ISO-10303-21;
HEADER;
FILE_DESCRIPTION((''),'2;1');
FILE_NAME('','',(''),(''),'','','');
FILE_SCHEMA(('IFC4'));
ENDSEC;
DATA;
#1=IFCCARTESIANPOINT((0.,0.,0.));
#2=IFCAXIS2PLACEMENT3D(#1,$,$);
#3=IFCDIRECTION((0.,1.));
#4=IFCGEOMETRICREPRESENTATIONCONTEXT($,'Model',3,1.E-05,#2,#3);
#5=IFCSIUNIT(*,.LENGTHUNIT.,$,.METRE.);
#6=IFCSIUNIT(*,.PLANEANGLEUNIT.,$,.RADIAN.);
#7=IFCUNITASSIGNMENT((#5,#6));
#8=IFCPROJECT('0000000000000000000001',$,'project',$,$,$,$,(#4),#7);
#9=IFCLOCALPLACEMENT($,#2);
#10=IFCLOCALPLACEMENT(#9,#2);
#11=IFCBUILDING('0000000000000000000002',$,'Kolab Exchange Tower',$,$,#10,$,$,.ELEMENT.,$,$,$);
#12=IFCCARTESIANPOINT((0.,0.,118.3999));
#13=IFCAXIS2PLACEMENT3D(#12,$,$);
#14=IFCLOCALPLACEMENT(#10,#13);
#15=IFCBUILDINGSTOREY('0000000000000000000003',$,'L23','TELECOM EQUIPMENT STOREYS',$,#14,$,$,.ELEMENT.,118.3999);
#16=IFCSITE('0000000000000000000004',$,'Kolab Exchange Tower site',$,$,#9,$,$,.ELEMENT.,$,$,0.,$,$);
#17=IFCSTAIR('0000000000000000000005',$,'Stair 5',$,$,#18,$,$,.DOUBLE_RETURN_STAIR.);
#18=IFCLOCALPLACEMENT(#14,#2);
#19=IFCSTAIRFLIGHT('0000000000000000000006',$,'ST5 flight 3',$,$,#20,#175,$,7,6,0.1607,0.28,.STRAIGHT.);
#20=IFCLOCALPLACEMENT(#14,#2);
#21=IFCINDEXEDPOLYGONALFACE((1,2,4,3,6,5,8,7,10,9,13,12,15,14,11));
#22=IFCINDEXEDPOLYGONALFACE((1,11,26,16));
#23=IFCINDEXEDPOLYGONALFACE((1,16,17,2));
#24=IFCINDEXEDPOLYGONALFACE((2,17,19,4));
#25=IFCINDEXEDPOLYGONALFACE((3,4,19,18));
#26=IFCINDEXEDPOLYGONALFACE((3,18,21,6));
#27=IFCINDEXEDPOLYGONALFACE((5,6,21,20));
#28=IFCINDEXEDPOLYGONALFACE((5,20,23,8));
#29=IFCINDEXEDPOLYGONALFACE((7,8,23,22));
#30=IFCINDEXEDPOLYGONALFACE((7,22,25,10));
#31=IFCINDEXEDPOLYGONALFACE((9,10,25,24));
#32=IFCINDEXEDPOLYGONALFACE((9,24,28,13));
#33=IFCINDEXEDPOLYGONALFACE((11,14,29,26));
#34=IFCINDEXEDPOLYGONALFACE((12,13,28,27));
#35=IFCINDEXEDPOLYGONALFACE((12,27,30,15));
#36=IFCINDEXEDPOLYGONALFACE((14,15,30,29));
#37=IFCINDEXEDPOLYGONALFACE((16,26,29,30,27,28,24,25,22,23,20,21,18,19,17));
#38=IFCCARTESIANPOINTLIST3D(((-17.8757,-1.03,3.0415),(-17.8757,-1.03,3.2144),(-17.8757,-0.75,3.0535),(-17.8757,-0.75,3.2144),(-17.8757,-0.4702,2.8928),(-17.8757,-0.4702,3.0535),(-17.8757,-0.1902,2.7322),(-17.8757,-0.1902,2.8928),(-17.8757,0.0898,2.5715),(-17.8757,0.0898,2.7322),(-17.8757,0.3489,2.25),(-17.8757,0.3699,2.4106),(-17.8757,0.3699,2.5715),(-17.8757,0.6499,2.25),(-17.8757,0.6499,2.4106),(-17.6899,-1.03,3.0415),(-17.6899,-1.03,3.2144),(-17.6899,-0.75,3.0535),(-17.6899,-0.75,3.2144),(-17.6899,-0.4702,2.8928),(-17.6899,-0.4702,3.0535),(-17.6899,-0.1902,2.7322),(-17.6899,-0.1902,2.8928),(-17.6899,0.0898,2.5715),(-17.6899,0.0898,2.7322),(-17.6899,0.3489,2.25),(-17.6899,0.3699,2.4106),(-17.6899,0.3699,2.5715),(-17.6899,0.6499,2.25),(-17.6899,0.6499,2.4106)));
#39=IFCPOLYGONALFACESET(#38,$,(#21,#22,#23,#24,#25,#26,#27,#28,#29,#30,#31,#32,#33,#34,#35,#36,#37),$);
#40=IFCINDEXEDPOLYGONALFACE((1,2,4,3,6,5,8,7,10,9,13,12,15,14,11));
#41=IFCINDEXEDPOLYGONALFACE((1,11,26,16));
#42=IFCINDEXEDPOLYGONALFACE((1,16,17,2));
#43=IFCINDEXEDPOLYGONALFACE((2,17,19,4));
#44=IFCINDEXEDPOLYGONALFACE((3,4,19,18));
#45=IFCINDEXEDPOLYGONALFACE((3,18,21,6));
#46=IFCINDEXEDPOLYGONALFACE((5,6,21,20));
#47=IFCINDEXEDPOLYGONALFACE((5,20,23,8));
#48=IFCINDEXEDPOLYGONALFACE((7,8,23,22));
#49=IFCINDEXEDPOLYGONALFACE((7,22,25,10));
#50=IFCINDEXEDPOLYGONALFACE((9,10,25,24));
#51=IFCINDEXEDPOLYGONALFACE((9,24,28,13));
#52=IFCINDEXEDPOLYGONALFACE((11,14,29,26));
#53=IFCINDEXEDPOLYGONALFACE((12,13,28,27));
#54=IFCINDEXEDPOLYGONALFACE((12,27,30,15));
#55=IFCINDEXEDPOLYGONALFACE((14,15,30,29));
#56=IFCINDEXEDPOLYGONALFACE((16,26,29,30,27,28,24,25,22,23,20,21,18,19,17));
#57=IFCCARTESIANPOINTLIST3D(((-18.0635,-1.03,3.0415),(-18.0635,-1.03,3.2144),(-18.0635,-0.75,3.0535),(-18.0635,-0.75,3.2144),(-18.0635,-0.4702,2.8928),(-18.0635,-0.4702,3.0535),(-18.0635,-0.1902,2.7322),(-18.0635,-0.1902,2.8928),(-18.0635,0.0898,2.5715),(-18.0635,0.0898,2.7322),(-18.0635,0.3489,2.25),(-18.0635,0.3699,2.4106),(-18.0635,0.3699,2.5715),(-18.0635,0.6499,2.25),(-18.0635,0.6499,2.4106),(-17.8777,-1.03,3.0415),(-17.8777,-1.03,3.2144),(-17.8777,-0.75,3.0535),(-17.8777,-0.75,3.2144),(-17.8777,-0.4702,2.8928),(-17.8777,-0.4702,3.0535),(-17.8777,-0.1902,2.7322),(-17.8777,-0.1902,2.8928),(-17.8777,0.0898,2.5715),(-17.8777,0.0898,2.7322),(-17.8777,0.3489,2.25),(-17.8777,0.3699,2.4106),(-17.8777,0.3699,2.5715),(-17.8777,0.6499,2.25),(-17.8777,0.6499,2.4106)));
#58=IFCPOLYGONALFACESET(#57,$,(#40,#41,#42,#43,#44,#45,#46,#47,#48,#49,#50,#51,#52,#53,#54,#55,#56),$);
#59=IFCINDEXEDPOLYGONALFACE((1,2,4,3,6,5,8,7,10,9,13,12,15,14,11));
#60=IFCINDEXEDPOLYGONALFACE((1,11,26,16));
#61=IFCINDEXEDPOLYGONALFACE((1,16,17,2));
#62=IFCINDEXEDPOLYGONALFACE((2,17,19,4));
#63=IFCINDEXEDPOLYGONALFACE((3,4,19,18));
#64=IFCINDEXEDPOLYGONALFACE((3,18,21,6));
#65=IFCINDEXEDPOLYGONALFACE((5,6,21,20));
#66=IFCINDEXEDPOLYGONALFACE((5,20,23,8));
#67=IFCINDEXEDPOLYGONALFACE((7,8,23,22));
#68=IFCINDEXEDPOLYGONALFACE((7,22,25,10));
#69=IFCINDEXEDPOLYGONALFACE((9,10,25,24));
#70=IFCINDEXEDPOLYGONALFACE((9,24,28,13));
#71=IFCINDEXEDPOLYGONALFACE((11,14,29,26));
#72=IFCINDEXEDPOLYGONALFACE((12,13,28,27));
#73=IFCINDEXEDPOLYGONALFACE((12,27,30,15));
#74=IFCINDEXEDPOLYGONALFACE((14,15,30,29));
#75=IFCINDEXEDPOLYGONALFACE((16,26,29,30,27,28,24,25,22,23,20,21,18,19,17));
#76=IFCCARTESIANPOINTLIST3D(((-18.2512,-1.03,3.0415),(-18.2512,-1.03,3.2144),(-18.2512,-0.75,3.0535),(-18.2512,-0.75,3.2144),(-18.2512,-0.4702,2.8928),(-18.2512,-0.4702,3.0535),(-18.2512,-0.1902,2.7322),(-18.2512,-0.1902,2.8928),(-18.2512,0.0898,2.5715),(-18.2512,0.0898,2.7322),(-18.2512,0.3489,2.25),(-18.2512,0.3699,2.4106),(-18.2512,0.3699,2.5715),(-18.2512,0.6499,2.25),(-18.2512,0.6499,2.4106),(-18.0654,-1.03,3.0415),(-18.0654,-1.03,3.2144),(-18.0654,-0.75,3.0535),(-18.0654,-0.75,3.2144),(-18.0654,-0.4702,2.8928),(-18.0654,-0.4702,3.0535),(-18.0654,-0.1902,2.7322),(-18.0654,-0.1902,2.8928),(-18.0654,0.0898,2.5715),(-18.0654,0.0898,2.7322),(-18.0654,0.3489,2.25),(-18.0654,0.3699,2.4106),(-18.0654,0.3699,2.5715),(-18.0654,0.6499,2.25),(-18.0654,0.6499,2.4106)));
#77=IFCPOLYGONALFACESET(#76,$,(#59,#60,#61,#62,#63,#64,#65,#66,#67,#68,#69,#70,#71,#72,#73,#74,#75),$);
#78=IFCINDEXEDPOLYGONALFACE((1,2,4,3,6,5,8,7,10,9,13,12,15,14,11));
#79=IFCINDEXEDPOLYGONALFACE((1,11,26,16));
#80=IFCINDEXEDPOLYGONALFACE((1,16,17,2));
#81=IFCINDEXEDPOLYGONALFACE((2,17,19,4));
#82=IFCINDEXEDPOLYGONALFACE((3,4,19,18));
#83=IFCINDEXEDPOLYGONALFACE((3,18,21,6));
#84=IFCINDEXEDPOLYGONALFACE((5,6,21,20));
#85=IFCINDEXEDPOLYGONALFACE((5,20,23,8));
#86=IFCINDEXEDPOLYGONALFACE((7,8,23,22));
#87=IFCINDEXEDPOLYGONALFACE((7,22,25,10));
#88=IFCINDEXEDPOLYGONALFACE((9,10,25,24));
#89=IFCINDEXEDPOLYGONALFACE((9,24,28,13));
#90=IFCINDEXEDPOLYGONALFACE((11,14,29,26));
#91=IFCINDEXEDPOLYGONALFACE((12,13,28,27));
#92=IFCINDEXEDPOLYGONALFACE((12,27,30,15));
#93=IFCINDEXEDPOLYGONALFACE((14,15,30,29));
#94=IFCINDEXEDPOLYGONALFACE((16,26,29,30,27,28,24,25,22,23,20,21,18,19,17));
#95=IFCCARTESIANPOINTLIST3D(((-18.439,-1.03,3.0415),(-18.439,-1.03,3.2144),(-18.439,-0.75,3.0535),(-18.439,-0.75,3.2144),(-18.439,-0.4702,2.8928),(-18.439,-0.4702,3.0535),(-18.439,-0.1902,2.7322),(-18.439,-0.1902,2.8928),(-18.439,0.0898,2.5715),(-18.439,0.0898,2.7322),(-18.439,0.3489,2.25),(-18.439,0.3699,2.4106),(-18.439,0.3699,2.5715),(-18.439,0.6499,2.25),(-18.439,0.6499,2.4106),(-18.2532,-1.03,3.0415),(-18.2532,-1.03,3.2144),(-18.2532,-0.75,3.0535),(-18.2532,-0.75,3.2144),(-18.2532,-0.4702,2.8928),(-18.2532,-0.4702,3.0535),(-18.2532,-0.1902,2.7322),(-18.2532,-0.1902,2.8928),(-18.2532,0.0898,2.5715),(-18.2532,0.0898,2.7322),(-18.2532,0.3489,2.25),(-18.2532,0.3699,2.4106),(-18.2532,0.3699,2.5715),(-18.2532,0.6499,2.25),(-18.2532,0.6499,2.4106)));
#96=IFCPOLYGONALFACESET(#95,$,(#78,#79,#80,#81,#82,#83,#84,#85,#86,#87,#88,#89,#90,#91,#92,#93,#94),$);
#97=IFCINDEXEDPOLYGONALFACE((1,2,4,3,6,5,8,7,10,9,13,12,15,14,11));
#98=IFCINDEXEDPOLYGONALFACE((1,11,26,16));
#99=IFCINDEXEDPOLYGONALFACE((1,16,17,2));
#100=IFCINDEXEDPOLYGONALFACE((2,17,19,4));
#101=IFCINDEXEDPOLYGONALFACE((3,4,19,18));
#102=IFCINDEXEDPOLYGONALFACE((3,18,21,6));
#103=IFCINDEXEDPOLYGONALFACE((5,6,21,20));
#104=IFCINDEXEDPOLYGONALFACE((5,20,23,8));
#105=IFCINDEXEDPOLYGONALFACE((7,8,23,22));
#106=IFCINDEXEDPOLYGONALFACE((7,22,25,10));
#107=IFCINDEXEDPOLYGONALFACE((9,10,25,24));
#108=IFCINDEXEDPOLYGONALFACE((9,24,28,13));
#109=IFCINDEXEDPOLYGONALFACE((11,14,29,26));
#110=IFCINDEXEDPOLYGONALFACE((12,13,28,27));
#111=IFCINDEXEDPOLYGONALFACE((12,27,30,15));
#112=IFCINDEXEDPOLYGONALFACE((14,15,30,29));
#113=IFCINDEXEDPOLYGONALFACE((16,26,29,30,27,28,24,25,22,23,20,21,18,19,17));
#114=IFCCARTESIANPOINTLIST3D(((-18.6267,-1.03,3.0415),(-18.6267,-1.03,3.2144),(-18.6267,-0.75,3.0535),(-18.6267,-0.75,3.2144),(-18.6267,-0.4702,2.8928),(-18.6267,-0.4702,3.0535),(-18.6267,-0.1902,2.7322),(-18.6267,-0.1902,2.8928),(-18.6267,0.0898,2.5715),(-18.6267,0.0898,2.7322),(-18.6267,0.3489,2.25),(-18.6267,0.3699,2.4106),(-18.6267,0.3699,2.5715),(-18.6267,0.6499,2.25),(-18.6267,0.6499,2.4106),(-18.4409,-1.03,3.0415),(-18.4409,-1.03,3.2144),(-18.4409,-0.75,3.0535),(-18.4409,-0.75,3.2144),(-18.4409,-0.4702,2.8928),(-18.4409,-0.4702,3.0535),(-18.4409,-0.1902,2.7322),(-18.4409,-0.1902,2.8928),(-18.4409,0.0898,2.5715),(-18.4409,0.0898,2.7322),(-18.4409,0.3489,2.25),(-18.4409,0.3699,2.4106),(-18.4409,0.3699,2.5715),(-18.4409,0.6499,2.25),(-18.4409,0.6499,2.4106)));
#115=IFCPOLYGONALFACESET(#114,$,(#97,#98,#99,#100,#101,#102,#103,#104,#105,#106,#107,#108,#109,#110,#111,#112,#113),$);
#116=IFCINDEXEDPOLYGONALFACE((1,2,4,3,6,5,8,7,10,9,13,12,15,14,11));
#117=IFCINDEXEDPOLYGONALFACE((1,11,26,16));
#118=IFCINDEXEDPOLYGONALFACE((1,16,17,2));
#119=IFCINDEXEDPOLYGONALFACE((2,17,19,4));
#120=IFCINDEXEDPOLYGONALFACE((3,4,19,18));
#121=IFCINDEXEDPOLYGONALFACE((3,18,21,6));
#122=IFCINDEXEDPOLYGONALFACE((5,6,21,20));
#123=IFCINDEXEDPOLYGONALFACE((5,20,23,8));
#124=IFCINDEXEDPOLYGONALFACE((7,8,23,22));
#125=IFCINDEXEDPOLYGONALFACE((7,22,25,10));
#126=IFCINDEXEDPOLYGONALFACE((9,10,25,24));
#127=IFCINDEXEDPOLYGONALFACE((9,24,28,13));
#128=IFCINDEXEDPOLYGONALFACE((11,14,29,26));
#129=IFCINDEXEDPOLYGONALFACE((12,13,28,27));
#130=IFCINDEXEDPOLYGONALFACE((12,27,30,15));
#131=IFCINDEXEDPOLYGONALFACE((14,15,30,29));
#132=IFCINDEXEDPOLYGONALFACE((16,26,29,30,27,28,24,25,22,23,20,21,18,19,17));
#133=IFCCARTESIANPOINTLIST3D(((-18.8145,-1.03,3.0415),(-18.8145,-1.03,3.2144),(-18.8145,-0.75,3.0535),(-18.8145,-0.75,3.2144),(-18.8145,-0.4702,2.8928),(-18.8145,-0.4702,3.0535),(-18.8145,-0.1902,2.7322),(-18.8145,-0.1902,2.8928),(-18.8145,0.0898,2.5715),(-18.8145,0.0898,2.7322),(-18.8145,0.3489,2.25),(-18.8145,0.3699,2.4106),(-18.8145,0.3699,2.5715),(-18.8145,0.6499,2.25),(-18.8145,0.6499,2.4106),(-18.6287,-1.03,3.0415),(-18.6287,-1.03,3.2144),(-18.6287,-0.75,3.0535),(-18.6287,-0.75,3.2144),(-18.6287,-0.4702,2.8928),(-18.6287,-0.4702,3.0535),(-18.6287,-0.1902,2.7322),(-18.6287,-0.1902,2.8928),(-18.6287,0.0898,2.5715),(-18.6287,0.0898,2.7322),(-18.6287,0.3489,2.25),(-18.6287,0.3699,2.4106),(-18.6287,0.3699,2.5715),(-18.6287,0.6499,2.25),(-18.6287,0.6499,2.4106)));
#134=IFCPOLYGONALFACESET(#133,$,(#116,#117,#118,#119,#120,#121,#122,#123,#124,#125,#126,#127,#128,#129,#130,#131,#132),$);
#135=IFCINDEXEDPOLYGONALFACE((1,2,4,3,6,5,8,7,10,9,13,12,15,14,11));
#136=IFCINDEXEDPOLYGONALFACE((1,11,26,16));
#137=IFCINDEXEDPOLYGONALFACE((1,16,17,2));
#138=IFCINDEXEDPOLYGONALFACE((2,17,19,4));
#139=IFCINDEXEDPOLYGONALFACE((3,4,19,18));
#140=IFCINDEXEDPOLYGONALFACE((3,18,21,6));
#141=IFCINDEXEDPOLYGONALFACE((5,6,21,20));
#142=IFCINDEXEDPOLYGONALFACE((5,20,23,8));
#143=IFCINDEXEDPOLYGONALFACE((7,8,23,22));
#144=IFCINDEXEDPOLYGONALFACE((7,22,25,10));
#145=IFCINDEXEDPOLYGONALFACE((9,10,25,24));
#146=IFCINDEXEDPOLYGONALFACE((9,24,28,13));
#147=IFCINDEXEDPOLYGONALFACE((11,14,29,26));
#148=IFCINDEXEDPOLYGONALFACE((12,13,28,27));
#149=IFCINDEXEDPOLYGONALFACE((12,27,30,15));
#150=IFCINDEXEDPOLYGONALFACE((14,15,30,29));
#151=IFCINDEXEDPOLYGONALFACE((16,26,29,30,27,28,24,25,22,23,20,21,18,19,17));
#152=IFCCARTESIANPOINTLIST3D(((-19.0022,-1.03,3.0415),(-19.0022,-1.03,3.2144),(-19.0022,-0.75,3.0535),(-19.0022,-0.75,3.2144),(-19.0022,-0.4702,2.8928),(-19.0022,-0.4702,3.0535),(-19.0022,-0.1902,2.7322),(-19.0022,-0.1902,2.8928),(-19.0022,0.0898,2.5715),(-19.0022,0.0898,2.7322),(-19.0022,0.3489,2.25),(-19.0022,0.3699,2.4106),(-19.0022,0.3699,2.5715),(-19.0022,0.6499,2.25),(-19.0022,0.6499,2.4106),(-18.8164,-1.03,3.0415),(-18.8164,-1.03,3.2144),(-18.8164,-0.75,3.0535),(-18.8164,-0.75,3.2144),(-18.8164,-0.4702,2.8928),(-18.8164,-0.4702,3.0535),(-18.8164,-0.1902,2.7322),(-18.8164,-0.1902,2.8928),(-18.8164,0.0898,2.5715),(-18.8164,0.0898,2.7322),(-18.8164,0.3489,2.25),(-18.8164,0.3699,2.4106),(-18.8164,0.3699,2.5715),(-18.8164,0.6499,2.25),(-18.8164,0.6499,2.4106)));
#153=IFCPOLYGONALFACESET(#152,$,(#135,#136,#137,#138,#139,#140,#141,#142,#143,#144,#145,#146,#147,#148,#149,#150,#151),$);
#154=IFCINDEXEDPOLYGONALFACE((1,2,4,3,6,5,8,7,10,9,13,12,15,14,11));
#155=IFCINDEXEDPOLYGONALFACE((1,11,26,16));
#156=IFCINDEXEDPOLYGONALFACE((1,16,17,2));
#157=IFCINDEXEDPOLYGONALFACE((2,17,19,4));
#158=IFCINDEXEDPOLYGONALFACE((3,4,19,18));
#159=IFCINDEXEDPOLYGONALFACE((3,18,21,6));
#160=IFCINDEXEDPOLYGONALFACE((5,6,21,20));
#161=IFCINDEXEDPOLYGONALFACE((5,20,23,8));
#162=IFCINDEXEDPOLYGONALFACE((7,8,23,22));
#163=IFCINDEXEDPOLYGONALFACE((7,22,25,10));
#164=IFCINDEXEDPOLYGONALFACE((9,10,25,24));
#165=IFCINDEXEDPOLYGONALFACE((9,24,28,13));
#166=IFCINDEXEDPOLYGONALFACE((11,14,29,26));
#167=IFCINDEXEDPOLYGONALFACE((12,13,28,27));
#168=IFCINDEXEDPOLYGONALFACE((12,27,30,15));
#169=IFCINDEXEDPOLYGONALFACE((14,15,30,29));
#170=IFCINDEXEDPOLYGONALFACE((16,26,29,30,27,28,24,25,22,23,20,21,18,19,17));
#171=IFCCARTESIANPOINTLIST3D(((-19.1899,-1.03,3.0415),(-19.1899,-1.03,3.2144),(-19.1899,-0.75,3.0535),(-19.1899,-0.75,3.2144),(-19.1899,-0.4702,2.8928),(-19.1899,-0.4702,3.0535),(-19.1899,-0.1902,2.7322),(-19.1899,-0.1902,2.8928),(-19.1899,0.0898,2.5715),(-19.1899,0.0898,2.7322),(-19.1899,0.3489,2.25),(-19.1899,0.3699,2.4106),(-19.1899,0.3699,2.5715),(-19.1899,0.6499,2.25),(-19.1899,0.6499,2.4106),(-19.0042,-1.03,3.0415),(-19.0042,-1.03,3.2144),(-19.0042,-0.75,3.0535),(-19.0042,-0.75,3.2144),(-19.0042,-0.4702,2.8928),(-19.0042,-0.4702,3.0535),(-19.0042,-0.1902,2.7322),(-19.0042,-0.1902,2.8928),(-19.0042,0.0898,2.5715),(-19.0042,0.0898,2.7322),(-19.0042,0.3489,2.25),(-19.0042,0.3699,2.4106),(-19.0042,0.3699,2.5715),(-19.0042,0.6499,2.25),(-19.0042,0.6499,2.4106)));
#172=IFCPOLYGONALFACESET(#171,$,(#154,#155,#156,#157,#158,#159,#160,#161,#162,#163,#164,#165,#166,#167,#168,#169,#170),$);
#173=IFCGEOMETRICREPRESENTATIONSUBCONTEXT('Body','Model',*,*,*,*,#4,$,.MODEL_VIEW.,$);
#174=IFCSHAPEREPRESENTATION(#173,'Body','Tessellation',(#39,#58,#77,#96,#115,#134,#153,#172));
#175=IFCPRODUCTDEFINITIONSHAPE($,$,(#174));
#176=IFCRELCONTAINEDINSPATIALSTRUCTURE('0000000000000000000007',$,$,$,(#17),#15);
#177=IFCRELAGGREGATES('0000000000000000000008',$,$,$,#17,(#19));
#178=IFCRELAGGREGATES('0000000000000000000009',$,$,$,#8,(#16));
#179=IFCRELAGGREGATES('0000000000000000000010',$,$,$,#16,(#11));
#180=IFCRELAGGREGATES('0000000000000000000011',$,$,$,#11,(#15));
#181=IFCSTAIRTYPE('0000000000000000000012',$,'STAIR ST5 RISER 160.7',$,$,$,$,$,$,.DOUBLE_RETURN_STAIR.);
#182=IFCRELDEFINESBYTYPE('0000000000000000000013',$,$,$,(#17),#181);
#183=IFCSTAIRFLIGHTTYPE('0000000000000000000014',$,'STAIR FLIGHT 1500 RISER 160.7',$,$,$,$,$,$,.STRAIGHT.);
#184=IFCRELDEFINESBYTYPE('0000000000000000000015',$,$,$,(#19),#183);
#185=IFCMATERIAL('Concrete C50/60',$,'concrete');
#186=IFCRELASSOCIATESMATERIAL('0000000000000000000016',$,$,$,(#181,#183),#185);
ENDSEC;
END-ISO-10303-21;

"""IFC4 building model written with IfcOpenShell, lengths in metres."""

from ifc_helpers import new_model, si_unit, direction, frame, origin, place, context, subcontext, project, spatial, polyline, outline, extrude, material, type_object, element, aggregate, save


model = new_model("IFC4")

# Units and contexts
model_context = context("Model", 3, precision=1e-05, world=origin(), true_north=direction((0.0, 1.0)))
body_context = subcontext(model_context, "Body", "Model", "MODEL_VIEW")
ifc_project = project(units=[si_unit("LENGTHUNIT", "METRE"), si_unit("PLANEANGLEUNIT", "RADIAN")], contexts=[model_context])

# Site, building, storey
site_placement = place(None, origin())
site = spatial("IfcSite", under=ifc_project, at=site_placement, Name="Kolab Exchange Tower site", CompositionType="ELEMENT", RefElevation=0.0)
building_placement = place(site_placement, origin())
building = spatial("IfcBuilding", under=site, at=building_placement, Name="Kolab Exchange Tower", CompositionType="ELEMENT")
storey_placement = place(building_placement, frame((0.0, 0.0, 118.3999)))
storey = spatial("IfcBuildingStorey", under=building, at=storey_placement, Name="L23", Description="TELECOM EQUIPMENT STOREYS", CompositionType="ELEMENT", Elevation=118.3999)

# Shared definitions
ifc_material_1 = material(Name="Concrete C50/60", Category="concrete")

# Stair, stair flight
stair_type = type_object("IfcStairType", Name="STAIR ST5 RISER 160.7", PredefinedType="DOUBLE_RETURN_STAIR", material=ifc_material_1)
stair_placement = place(storey_placement, origin())
stair = element("IfcStair", 1, at=stair_placement, inside=storey, type_object=stair_type, Name="Stair 5", PredefinedType="DOUBLE_RETURN_STAIR")
stair_flight_type = type_object("IfcStairFlightType", Name="STAIR FLIGHT 1500 RISER 160.7", PredefinedType="STRAIGHT", material=ifc_material_1)
stair_flight_1_placement = place(storey_placement, frame((-18.4399, 0.6499, 2.25), z_axis=(0.0, 0.0, 1.0), x_axis=(0.0, -1.0, 0.0)))
stair_flight_1 = element("IfcStairFlight", 2, at=stair_flight_1_placement, type_object=stair_flight_type, Name="ST5 flight 3", NumberOfRisers=7, NumberOfTreads=6, PredefinedType="STRAIGHT", RiserHeight=0.1607, TreadLength=0.28, context=body_context, shape_type="SweptSolid", body=[
    extrude(outline(polyline([(0.0, 0.0), (0.0, 0.1606), (0.28, 0.1606), (0.28, 0.3215), (0.5601, 0.3215), (0.5601, 0.4822), (0.8401, 0.4822), (0.8401, 0.6428), (1.1201, 0.6428), (1.1201, 0.8035), (1.3999, 0.8035), (1.3999, 0.9644), (1.6799, 0.9644), (1.6799, 1.125), (1.6799, 0.7915), (0.301, 0.0), (0.0, 0.0)])), frame((0.0, 0.75, 0.0), z_axis=(0.0, -1.0, 0.0), x_axis=(1.0, 0.0, 0.0)), (0.0, 0.0, 1.0), 0.1858),
    extrude(outline(polyline([(0.0, 0.0), (0.0, 0.1606), (0.28, 0.1606), (0.28, 0.3215), (0.5601, 0.3215), (0.5601, 0.4822), (0.8401, 0.4822), (0.8401, 0.6428), (1.1201, 0.6428), (1.1201, 0.8035), (1.3999, 0.8035), (1.3999, 0.9644), (1.6799, 0.9644), (1.6799, 1.125), (1.6799, 0.7915), (0.301, 0.0), (0.0, 0.0)])), frame((0.0, 0.5623, 0.0), z_axis=(0.0, -1.0, 0.0), x_axis=(1.0, 0.0, 0.0)), (0.0, 0.0, 1.0), 0.1858),
    extrude(outline(polyline([(0.0, 0.0), (0.0, 0.1606), (0.28, 0.1606), (0.28, 0.3215), (0.5601, 0.3215), (0.5601, 0.4822), (0.8401, 0.4822), (0.8401, 0.6428), (1.1201, 0.6428), (1.1201, 0.8035), (1.3999, 0.8035), (1.3999, 0.9644), (1.6799, 0.9644), (1.6799, 1.125), (1.6799, 0.7915), (0.301, 0.0), (0.0, 0.0)])), frame((0.0, 0.3745, 0.0), z_axis=(0.0, -1.0, 0.0), x_axis=(1.0, 0.0, 0.0)), (0.0, 0.0, 1.0), 0.1858),
    extrude(outline(polyline([(0.0, 0.0), (0.0, 0.1606), (0.28, 0.1606), (0.28, 0.3215), (0.5601, 0.3215), (0.5601, 0.4822), (0.8401, 0.4822), (0.8401, 0.6428), (1.1201, 0.6428), (1.1201, 0.8035), (1.3999, 0.8035), (1.3999, 0.9644), (1.6799, 0.9644), (1.6799, 1.125), (1.6799, 0.7915), (0.301, 0.0), (0.0, 0.0)])), frame((0.0, 0.1868, 0.0), z_axis=(0.0, -1.0, 0.0), x_axis=(1.0, 0.0, 0.0)), (0.0, 0.0, 1.0), 0.1858),
    extrude(outline(polyline([(0.0, 0.0), (0.0, 0.1606), (0.28, 0.1606), (0.28, 0.3215), (0.5601, 0.3215), (0.5601, 0.4822), (0.8401, 0.4822), (0.8401, 0.6428), (1.1201, 0.6428), (1.1201, 0.8035), (1.3999, 0.8035), (1.3999, 0.9644), (1.6799, 0.9644), (1.6799, 1.125), (1.6799, 0.7915), (0.301, 0.0), (0.0, 0.0)])), frame((0.0, -0.001, 0.0), z_axis=(0.0, -1.0, 0.0), x_axis=(1.0, 0.0, 0.0)), (0.0, 0.0, 1.0), 0.1858),
    extrude(outline(polyline([(0.0, 0.0), (0.0, 0.1606), (0.28, 0.1606), (0.28, 0.3215), (0.5601, 0.3215), (0.5601, 0.4822), (0.8401, 0.4822), (0.8401, 0.6428), (1.1201, 0.6428), (1.1201, 0.8035), (1.3999, 0.8035), (1.3999, 0.9644), (1.6799, 0.9644), (1.6799, 1.125), (1.6799, 0.7915), (0.301, 0.0), (0.0, 0.0)])), frame((0.0, -0.1887, 0.0), z_axis=(0.0, -1.0, 0.0), x_axis=(1.0, 0.0, 0.0)), (0.0, 0.0, 1.0), 0.1858),
    extrude(outline(polyline([(0.0, 0.0), (0.0, 0.1606), (0.28, 0.1606), (0.28, 0.3215), (0.5601, 0.3215), (0.5601, 0.4822), (0.8401, 0.4822), (0.8401, 0.6428), (1.1201, 0.6428), (1.1201, 0.8035), (1.3999, 0.8035), (1.3999, 0.9644), (1.6799, 0.9644), (1.6799, 1.125), (1.6799, 0.7915), (0.301, 0.0), (0.0, 0.0)])), frame((0.0, -0.3765, 0.0), z_axis=(0.0, -1.0, 0.0), x_axis=(1.0, 0.0, 0.0)), (0.0, 0.0, 1.0), 0.1858),
    extrude(outline(polyline([(0.0, 0.0), (0.0, 0.1606), (0.28, 0.1606), (0.28, 0.3215), (0.5601, 0.3215), (0.5601, 0.4822), (0.8401, 0.4822), (0.8401, 0.6428), (1.1201, 0.6428), (1.1201, 0.8035), (1.3999, 0.8035), (1.3999, 0.9644), (1.6799, 0.9644), (1.6799, 1.125), (1.6799, 0.7915), (0.301, 0.0), (0.0, 0.0)])), frame((0.0, -0.5642, 0.0), z_axis=(0.0, -1.0, 0.0), x_axis=(1.0, 0.0, 0.0)), (0.0, 0.0, 1.0), 0.1858),
])
aggregate(stair, [stair_flight_1])

save(model, "model.ifc")
